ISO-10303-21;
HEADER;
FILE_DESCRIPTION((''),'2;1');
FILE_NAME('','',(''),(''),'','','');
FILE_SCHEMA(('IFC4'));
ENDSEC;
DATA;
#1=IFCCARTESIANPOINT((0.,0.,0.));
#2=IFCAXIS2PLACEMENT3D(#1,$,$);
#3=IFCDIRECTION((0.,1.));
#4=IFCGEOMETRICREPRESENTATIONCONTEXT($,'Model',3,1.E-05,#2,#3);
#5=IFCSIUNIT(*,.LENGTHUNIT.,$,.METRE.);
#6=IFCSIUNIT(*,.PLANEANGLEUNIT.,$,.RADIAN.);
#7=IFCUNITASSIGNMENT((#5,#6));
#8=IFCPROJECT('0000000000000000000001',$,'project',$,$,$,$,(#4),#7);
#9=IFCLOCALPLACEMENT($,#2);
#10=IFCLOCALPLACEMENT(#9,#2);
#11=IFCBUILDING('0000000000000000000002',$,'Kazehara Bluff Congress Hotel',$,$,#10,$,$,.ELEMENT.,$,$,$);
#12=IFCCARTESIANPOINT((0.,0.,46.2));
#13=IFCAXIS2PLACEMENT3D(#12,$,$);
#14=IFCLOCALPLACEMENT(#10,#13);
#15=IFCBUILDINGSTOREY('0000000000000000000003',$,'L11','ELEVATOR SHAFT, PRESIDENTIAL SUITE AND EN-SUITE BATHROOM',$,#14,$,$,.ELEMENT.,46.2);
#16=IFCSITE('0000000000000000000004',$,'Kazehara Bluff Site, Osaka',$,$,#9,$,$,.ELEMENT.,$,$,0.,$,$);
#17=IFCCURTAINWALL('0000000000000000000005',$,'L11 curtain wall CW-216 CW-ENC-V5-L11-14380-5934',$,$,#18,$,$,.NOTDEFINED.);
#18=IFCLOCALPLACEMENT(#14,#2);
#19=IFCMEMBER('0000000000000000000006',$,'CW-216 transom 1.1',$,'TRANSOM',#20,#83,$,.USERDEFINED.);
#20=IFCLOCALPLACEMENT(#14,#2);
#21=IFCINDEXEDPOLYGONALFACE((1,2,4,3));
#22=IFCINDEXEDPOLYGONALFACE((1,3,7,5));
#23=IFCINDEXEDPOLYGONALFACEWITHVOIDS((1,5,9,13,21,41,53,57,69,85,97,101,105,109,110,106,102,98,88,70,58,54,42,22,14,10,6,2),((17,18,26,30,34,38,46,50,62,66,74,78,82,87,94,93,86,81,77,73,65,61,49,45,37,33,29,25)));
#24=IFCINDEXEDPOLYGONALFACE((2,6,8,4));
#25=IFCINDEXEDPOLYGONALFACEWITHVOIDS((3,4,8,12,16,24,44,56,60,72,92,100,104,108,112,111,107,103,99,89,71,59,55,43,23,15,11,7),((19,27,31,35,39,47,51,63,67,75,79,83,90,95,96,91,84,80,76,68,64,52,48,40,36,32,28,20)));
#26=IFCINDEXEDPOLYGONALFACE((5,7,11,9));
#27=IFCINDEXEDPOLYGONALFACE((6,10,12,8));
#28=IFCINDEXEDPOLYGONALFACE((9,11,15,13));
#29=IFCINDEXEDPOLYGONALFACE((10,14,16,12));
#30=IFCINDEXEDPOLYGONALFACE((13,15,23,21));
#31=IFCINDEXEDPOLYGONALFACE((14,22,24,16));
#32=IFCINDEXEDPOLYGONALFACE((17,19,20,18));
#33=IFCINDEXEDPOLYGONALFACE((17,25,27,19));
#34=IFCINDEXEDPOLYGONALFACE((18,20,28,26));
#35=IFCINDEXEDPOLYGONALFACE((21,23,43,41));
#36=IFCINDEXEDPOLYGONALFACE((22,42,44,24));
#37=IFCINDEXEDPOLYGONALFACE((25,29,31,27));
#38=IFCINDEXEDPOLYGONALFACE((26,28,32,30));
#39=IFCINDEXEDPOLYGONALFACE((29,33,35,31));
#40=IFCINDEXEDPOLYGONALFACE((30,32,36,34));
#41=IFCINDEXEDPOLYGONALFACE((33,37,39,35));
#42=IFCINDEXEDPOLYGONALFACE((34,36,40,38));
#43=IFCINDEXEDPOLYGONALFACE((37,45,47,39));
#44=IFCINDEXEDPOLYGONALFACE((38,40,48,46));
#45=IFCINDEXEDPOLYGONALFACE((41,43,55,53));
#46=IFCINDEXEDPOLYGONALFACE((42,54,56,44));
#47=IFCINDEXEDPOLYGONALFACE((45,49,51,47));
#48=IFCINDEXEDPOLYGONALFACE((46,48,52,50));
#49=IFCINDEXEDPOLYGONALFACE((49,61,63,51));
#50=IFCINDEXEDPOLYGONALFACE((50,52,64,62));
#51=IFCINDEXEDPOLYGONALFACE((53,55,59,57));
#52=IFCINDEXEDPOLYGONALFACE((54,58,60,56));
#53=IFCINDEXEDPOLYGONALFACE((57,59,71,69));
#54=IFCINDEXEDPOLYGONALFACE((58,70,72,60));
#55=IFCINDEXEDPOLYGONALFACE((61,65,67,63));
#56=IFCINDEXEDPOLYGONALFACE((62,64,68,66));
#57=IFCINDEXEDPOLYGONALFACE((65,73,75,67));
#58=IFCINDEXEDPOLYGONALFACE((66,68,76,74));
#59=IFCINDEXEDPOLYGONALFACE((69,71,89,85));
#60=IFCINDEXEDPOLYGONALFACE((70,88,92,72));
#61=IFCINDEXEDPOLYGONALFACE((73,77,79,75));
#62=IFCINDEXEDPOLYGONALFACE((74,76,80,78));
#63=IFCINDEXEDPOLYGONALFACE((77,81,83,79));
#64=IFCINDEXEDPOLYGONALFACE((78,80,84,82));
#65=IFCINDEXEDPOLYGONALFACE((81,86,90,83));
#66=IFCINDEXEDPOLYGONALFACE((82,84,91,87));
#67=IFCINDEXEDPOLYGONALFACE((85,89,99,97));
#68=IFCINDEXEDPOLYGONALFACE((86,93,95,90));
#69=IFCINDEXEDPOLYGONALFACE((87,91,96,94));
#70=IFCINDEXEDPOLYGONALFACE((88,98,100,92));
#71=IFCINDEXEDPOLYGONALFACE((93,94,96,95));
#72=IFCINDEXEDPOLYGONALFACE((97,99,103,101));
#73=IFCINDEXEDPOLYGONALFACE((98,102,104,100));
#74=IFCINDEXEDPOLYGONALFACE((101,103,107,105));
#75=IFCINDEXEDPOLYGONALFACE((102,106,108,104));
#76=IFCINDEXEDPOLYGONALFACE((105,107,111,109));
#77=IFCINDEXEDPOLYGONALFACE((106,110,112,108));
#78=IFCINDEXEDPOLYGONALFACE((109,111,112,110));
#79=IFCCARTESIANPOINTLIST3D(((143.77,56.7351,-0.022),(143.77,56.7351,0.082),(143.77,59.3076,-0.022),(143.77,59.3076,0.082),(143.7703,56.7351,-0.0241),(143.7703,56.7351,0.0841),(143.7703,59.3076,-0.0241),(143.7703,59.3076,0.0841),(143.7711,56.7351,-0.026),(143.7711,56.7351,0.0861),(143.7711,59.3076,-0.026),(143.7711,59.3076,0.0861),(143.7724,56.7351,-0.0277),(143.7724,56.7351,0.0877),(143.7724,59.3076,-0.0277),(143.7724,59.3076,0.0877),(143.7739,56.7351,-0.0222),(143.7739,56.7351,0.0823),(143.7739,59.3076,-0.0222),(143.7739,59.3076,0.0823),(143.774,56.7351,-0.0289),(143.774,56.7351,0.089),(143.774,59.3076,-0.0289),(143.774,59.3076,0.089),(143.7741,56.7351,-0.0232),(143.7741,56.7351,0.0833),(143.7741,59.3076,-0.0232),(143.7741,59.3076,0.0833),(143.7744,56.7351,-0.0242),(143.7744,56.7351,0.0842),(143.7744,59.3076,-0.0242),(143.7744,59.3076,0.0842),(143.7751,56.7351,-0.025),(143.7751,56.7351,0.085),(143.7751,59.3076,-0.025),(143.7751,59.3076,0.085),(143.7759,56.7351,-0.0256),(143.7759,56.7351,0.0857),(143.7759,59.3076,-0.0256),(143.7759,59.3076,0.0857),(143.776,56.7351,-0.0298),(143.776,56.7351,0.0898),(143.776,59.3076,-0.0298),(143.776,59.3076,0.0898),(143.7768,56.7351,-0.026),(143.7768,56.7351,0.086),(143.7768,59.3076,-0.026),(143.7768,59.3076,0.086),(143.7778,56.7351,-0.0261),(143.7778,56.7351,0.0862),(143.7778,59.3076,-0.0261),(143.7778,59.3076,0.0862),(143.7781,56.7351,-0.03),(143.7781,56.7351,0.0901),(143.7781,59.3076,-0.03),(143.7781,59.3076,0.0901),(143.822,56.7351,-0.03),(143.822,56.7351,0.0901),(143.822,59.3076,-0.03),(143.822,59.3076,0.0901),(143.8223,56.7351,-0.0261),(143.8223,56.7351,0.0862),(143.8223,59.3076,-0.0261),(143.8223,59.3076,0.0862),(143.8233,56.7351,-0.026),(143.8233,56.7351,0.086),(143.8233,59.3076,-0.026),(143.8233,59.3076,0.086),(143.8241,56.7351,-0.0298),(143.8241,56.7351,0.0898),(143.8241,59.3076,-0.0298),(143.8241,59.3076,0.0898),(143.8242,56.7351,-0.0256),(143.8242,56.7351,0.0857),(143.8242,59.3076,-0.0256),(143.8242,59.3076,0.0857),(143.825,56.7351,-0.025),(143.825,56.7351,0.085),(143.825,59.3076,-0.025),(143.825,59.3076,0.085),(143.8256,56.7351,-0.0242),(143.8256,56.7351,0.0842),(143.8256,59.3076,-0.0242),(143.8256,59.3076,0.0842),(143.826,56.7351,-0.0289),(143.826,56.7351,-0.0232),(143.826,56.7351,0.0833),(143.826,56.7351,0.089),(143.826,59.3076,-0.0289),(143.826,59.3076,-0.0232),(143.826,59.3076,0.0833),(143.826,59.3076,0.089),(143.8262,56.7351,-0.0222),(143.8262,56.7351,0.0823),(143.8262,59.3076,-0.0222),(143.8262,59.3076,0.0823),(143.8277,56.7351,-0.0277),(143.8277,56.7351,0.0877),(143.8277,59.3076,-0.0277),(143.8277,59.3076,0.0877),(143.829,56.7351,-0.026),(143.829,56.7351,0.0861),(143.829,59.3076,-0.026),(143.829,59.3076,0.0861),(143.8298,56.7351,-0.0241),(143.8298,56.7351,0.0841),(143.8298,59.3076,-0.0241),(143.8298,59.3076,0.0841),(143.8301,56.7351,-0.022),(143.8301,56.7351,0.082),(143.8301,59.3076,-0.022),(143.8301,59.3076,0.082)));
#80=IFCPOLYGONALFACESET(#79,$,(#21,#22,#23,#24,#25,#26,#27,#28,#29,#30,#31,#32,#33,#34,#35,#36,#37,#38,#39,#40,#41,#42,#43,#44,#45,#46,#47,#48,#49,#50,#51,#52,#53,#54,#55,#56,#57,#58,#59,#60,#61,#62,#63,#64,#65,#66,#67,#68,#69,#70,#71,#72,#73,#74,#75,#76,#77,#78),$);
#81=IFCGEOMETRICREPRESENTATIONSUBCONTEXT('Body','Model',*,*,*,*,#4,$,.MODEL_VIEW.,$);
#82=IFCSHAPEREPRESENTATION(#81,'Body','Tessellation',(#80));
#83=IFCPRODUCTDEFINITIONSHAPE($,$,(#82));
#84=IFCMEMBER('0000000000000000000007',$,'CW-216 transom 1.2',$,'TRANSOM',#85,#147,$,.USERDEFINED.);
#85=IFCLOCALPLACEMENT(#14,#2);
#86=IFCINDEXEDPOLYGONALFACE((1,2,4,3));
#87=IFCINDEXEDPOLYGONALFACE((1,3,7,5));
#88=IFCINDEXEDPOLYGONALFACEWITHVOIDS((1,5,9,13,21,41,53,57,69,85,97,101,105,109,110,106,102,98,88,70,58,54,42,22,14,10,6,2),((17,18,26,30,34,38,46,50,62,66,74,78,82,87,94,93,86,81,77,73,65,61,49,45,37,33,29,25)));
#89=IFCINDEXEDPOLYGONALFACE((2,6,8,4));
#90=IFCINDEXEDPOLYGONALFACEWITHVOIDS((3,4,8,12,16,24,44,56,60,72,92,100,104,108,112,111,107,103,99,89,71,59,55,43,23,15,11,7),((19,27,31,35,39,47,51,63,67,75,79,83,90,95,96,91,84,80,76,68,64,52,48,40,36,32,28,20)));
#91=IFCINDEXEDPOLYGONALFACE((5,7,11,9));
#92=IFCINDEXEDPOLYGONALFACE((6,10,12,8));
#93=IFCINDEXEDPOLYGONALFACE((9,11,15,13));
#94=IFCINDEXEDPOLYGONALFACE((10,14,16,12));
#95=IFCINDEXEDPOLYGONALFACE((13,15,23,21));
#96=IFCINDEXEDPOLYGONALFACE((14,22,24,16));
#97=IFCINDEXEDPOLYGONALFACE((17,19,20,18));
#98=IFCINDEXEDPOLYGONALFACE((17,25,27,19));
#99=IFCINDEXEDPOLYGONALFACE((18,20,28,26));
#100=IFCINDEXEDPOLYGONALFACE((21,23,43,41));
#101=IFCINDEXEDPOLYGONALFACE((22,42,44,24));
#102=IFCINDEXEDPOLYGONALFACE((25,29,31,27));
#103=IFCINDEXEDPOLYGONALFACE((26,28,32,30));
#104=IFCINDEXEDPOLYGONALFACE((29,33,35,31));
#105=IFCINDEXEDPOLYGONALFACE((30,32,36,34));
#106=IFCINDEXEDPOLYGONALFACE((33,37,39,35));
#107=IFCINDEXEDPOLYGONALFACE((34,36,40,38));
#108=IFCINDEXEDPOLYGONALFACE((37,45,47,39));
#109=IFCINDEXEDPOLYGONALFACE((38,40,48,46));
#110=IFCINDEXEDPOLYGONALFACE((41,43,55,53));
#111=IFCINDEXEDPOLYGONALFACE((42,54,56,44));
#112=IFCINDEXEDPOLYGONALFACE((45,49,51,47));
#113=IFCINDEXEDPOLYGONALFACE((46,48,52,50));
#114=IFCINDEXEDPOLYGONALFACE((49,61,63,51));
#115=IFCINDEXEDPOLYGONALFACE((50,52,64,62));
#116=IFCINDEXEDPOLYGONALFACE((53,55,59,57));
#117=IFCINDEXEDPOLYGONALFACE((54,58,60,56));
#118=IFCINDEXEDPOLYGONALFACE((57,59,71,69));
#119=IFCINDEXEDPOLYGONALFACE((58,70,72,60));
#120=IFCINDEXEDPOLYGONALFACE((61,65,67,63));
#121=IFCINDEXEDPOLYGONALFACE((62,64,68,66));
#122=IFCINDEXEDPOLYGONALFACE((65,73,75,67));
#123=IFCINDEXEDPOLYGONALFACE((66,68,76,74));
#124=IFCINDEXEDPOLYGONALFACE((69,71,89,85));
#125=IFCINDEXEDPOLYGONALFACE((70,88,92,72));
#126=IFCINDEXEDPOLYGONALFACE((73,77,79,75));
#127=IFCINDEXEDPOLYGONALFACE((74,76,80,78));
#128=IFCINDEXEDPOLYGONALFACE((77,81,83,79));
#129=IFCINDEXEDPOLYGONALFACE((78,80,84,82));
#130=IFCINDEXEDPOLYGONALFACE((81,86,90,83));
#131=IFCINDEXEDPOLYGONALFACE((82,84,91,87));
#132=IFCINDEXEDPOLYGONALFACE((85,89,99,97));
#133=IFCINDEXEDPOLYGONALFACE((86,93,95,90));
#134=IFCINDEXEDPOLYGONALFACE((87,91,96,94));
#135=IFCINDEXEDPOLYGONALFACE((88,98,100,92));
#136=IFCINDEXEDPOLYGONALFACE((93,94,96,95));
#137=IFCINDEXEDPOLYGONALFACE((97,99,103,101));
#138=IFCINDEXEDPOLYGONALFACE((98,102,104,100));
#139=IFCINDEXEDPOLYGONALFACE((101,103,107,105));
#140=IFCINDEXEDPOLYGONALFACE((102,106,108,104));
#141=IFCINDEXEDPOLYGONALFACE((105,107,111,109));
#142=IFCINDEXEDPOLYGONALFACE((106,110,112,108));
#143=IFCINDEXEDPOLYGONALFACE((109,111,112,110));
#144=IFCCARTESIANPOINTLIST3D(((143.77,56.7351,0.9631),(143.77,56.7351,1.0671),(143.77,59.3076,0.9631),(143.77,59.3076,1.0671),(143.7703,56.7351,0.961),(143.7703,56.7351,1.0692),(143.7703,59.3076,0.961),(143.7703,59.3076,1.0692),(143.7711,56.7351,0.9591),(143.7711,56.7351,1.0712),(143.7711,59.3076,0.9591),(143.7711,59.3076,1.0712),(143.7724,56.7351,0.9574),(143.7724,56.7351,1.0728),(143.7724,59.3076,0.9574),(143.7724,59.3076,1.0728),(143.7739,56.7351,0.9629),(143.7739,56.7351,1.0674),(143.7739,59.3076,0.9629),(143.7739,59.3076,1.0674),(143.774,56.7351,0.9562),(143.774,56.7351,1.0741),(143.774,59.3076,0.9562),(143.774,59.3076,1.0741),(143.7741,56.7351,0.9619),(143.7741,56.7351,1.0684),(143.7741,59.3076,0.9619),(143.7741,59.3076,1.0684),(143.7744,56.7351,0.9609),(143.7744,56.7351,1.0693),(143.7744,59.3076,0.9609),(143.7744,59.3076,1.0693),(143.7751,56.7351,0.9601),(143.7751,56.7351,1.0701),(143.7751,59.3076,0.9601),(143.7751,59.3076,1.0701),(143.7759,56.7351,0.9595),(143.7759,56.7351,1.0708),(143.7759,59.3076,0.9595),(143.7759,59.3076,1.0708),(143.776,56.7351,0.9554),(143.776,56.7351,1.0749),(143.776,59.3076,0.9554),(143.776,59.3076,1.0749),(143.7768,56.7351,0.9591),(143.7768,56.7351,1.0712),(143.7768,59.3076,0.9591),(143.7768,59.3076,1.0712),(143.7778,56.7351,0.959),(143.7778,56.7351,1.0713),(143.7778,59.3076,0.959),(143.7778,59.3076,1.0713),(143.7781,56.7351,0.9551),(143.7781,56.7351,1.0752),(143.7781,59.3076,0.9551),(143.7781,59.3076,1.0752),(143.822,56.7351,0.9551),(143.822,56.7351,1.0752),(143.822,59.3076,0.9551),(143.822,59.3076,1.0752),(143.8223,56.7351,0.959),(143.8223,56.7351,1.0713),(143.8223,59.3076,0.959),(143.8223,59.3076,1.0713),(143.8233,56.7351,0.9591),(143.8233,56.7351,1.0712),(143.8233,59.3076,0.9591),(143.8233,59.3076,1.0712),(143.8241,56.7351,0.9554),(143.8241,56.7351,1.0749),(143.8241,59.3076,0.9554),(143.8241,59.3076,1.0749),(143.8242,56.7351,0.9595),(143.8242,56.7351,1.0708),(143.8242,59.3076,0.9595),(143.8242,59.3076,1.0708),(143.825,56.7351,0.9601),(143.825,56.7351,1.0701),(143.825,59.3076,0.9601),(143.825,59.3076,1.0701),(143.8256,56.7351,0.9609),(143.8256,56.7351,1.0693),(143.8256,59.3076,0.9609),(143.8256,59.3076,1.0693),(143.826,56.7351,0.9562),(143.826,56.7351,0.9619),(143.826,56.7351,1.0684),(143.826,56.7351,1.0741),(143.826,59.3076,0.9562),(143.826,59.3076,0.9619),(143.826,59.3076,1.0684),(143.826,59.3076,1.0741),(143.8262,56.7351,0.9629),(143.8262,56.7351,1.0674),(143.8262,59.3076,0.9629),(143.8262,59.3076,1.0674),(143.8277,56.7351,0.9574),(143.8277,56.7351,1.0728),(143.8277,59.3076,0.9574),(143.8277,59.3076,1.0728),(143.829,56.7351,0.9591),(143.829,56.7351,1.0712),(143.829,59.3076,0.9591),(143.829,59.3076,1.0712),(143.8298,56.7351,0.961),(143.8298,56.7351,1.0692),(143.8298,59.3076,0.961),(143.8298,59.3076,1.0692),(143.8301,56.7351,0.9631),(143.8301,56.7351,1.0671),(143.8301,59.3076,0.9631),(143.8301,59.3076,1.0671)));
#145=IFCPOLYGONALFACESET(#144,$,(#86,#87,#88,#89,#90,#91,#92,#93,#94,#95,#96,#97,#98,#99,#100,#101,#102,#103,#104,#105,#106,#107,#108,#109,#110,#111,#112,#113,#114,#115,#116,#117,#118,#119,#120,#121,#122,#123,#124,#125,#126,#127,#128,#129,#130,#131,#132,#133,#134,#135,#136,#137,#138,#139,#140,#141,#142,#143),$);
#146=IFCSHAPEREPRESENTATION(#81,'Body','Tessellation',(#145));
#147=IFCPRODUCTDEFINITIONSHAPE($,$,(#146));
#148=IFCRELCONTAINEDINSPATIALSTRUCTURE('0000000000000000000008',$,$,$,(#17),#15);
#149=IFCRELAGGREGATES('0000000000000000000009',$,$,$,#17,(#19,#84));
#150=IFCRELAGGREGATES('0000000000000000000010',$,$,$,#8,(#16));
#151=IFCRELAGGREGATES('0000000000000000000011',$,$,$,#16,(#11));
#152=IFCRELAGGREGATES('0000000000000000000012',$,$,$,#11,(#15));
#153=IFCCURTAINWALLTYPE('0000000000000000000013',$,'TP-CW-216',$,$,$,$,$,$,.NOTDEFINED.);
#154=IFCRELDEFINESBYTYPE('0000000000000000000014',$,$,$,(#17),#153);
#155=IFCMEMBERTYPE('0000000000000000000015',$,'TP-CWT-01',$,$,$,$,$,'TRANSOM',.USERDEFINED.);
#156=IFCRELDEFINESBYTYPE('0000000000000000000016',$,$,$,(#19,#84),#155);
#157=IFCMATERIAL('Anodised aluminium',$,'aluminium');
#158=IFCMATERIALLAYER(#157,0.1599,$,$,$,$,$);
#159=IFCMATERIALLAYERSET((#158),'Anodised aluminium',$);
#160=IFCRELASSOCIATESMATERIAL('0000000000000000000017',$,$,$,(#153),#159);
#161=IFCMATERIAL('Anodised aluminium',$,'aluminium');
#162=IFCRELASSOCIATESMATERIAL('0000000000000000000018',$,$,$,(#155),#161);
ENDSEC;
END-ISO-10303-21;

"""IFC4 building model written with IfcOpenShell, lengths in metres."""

from ifc_helpers import new_model, si_unit, direction, frame, origin, origin_2d, place, context, subcontext, project, spatial, hollow_rectangle, extrude, material, layer, layer_set, material_profile, profile_set, type_object, element, aggregate, save


model = new_model("IFC4")

# Units and contexts
model_context = context("Model", 3, precision=1e-05, world=origin(), true_north=direction((0.0, 1.0)))
body_context = subcontext(model_context, "Body", "Model", "MODEL_VIEW")
ifc_project = project(units=[si_unit("LENGTHUNIT", "METRE"), si_unit("PLANEANGLEUNIT", "RADIAN")], contexts=[model_context])

# Site, building, storey
site_placement = place(None, origin())
site = spatial("IfcSite", under=ifc_project, at=site_placement, Name="Kazehara Bluff Site, Osaka", CompositionType="ELEMENT", RefElevation=0.0)
building_placement = place(site_placement, origin())
building = spatial("IfcBuilding", under=site, at=building_placement, Name="Kazehara Bluff Congress Hotel", CompositionType="ELEMENT")
storey_placement = place(building_placement, frame((0.0, 0.0, 46.2)))
storey = spatial("IfcBuildingStorey", under=building, at=storey_placement, Name="L11", Description="ELEVATOR SHAFT, PRESIDENTIAL SUITE AND EN-SUITE BATHROOM", CompositionType="ELEMENT", Elevation=46.2)

# Curtain wall, members
ifc_material_1 = material(Name="Anodised aluminium", Category="aluminium")
ifc_layer_1 = layer(ifc_material_1, 0.1599)
ifc_layer_set_1 = layer_set([ifc_layer_1], Name="Anodised aluminium")
curtain_wall_type_1 = type_object("IfcCurtainWallType", Name="TP-CW-216", PredefinedType="NOTDEFINED", material=ifc_layer_set_1)
curtain_wall_1_placement = place(storey_placement, origin())
curtain_wall_1 = element("IfcCurtainWall", 1, at=curtain_wall_1_placement, inside=storey, type_object=curtain_wall_type_1, Name="L11 curtain wall CW-216 CW-ENC-V5-L11-14380-5934", PredefinedType="NOTDEFINED")
ifc_material_2 = material(Name="Anodised aluminium", Category="aluminium")
ifc_material_profile_1 = material_profile(ifc_material_2, hollow_rectangle(XDim=0.0601, YDim=0.1201, WallThickness=0.0039, InnerFilletRadius=0.0039, OuterFilletRadius=0.0081, at=origin_2d()))
ifc_profile_set_1 = profile_set([ifc_material_profile_1], Name="Anodised aluminium")
member_type_1 = type_object("IfcMemberType", Name="TP-CWT-01", ElementType="TRANSOM", PredefinedType="USERDEFINED", material=ifc_profile_set_1)
member_1_placement = place(storey_placement, frame((143.8, 56.7351, 0.03), z_axis=(0.0, 1.0, 0.0), x_axis=(-1.0, 0.0, 0.0)))
member_1 = element("IfcMember", 2, at=member_1_placement, type_object=member_type_1, Name="CW-216 transom 1.1", ObjectType="TRANSOM", PredefinedType="USERDEFINED", context=body_context, shape_type="SweptSolid", body=[
    extrude(hollow_rectangle(XDim=0.0601, YDim=0.1201, WallThickness=0.0039, InnerFilletRadius=0.0039, OuterFilletRadius=0.0081, at=origin_2d()), origin(), (0.0, 0.0, 1.0), 2.5725),
])
member_2_placement = place(storey_placement, frame((143.8, 56.7351, 1.0151), z_axis=(0.0, 1.0, 0.0), x_axis=(-1.0, 0.0, 0.0)))
member_2 = element("IfcMember", 3, at=member_2_placement, type_object=member_type_1, Name="CW-216 transom 1.2", ObjectType="TRANSOM", PredefinedType="USERDEFINED", context=body_context, shape_type="SweptSolid", body=[
    extrude(hollow_rectangle(XDim=0.0601, YDim=0.1201, WallThickness=0.0039, InnerFilletRadius=0.0039, OuterFilletRadius=0.0081, at=origin_2d()), origin(), (0.0, 0.0, 1.0), 2.5725),
])

aggregate(curtain_wall_1, [member_1, member_2])

save(model, "model.ifc")
